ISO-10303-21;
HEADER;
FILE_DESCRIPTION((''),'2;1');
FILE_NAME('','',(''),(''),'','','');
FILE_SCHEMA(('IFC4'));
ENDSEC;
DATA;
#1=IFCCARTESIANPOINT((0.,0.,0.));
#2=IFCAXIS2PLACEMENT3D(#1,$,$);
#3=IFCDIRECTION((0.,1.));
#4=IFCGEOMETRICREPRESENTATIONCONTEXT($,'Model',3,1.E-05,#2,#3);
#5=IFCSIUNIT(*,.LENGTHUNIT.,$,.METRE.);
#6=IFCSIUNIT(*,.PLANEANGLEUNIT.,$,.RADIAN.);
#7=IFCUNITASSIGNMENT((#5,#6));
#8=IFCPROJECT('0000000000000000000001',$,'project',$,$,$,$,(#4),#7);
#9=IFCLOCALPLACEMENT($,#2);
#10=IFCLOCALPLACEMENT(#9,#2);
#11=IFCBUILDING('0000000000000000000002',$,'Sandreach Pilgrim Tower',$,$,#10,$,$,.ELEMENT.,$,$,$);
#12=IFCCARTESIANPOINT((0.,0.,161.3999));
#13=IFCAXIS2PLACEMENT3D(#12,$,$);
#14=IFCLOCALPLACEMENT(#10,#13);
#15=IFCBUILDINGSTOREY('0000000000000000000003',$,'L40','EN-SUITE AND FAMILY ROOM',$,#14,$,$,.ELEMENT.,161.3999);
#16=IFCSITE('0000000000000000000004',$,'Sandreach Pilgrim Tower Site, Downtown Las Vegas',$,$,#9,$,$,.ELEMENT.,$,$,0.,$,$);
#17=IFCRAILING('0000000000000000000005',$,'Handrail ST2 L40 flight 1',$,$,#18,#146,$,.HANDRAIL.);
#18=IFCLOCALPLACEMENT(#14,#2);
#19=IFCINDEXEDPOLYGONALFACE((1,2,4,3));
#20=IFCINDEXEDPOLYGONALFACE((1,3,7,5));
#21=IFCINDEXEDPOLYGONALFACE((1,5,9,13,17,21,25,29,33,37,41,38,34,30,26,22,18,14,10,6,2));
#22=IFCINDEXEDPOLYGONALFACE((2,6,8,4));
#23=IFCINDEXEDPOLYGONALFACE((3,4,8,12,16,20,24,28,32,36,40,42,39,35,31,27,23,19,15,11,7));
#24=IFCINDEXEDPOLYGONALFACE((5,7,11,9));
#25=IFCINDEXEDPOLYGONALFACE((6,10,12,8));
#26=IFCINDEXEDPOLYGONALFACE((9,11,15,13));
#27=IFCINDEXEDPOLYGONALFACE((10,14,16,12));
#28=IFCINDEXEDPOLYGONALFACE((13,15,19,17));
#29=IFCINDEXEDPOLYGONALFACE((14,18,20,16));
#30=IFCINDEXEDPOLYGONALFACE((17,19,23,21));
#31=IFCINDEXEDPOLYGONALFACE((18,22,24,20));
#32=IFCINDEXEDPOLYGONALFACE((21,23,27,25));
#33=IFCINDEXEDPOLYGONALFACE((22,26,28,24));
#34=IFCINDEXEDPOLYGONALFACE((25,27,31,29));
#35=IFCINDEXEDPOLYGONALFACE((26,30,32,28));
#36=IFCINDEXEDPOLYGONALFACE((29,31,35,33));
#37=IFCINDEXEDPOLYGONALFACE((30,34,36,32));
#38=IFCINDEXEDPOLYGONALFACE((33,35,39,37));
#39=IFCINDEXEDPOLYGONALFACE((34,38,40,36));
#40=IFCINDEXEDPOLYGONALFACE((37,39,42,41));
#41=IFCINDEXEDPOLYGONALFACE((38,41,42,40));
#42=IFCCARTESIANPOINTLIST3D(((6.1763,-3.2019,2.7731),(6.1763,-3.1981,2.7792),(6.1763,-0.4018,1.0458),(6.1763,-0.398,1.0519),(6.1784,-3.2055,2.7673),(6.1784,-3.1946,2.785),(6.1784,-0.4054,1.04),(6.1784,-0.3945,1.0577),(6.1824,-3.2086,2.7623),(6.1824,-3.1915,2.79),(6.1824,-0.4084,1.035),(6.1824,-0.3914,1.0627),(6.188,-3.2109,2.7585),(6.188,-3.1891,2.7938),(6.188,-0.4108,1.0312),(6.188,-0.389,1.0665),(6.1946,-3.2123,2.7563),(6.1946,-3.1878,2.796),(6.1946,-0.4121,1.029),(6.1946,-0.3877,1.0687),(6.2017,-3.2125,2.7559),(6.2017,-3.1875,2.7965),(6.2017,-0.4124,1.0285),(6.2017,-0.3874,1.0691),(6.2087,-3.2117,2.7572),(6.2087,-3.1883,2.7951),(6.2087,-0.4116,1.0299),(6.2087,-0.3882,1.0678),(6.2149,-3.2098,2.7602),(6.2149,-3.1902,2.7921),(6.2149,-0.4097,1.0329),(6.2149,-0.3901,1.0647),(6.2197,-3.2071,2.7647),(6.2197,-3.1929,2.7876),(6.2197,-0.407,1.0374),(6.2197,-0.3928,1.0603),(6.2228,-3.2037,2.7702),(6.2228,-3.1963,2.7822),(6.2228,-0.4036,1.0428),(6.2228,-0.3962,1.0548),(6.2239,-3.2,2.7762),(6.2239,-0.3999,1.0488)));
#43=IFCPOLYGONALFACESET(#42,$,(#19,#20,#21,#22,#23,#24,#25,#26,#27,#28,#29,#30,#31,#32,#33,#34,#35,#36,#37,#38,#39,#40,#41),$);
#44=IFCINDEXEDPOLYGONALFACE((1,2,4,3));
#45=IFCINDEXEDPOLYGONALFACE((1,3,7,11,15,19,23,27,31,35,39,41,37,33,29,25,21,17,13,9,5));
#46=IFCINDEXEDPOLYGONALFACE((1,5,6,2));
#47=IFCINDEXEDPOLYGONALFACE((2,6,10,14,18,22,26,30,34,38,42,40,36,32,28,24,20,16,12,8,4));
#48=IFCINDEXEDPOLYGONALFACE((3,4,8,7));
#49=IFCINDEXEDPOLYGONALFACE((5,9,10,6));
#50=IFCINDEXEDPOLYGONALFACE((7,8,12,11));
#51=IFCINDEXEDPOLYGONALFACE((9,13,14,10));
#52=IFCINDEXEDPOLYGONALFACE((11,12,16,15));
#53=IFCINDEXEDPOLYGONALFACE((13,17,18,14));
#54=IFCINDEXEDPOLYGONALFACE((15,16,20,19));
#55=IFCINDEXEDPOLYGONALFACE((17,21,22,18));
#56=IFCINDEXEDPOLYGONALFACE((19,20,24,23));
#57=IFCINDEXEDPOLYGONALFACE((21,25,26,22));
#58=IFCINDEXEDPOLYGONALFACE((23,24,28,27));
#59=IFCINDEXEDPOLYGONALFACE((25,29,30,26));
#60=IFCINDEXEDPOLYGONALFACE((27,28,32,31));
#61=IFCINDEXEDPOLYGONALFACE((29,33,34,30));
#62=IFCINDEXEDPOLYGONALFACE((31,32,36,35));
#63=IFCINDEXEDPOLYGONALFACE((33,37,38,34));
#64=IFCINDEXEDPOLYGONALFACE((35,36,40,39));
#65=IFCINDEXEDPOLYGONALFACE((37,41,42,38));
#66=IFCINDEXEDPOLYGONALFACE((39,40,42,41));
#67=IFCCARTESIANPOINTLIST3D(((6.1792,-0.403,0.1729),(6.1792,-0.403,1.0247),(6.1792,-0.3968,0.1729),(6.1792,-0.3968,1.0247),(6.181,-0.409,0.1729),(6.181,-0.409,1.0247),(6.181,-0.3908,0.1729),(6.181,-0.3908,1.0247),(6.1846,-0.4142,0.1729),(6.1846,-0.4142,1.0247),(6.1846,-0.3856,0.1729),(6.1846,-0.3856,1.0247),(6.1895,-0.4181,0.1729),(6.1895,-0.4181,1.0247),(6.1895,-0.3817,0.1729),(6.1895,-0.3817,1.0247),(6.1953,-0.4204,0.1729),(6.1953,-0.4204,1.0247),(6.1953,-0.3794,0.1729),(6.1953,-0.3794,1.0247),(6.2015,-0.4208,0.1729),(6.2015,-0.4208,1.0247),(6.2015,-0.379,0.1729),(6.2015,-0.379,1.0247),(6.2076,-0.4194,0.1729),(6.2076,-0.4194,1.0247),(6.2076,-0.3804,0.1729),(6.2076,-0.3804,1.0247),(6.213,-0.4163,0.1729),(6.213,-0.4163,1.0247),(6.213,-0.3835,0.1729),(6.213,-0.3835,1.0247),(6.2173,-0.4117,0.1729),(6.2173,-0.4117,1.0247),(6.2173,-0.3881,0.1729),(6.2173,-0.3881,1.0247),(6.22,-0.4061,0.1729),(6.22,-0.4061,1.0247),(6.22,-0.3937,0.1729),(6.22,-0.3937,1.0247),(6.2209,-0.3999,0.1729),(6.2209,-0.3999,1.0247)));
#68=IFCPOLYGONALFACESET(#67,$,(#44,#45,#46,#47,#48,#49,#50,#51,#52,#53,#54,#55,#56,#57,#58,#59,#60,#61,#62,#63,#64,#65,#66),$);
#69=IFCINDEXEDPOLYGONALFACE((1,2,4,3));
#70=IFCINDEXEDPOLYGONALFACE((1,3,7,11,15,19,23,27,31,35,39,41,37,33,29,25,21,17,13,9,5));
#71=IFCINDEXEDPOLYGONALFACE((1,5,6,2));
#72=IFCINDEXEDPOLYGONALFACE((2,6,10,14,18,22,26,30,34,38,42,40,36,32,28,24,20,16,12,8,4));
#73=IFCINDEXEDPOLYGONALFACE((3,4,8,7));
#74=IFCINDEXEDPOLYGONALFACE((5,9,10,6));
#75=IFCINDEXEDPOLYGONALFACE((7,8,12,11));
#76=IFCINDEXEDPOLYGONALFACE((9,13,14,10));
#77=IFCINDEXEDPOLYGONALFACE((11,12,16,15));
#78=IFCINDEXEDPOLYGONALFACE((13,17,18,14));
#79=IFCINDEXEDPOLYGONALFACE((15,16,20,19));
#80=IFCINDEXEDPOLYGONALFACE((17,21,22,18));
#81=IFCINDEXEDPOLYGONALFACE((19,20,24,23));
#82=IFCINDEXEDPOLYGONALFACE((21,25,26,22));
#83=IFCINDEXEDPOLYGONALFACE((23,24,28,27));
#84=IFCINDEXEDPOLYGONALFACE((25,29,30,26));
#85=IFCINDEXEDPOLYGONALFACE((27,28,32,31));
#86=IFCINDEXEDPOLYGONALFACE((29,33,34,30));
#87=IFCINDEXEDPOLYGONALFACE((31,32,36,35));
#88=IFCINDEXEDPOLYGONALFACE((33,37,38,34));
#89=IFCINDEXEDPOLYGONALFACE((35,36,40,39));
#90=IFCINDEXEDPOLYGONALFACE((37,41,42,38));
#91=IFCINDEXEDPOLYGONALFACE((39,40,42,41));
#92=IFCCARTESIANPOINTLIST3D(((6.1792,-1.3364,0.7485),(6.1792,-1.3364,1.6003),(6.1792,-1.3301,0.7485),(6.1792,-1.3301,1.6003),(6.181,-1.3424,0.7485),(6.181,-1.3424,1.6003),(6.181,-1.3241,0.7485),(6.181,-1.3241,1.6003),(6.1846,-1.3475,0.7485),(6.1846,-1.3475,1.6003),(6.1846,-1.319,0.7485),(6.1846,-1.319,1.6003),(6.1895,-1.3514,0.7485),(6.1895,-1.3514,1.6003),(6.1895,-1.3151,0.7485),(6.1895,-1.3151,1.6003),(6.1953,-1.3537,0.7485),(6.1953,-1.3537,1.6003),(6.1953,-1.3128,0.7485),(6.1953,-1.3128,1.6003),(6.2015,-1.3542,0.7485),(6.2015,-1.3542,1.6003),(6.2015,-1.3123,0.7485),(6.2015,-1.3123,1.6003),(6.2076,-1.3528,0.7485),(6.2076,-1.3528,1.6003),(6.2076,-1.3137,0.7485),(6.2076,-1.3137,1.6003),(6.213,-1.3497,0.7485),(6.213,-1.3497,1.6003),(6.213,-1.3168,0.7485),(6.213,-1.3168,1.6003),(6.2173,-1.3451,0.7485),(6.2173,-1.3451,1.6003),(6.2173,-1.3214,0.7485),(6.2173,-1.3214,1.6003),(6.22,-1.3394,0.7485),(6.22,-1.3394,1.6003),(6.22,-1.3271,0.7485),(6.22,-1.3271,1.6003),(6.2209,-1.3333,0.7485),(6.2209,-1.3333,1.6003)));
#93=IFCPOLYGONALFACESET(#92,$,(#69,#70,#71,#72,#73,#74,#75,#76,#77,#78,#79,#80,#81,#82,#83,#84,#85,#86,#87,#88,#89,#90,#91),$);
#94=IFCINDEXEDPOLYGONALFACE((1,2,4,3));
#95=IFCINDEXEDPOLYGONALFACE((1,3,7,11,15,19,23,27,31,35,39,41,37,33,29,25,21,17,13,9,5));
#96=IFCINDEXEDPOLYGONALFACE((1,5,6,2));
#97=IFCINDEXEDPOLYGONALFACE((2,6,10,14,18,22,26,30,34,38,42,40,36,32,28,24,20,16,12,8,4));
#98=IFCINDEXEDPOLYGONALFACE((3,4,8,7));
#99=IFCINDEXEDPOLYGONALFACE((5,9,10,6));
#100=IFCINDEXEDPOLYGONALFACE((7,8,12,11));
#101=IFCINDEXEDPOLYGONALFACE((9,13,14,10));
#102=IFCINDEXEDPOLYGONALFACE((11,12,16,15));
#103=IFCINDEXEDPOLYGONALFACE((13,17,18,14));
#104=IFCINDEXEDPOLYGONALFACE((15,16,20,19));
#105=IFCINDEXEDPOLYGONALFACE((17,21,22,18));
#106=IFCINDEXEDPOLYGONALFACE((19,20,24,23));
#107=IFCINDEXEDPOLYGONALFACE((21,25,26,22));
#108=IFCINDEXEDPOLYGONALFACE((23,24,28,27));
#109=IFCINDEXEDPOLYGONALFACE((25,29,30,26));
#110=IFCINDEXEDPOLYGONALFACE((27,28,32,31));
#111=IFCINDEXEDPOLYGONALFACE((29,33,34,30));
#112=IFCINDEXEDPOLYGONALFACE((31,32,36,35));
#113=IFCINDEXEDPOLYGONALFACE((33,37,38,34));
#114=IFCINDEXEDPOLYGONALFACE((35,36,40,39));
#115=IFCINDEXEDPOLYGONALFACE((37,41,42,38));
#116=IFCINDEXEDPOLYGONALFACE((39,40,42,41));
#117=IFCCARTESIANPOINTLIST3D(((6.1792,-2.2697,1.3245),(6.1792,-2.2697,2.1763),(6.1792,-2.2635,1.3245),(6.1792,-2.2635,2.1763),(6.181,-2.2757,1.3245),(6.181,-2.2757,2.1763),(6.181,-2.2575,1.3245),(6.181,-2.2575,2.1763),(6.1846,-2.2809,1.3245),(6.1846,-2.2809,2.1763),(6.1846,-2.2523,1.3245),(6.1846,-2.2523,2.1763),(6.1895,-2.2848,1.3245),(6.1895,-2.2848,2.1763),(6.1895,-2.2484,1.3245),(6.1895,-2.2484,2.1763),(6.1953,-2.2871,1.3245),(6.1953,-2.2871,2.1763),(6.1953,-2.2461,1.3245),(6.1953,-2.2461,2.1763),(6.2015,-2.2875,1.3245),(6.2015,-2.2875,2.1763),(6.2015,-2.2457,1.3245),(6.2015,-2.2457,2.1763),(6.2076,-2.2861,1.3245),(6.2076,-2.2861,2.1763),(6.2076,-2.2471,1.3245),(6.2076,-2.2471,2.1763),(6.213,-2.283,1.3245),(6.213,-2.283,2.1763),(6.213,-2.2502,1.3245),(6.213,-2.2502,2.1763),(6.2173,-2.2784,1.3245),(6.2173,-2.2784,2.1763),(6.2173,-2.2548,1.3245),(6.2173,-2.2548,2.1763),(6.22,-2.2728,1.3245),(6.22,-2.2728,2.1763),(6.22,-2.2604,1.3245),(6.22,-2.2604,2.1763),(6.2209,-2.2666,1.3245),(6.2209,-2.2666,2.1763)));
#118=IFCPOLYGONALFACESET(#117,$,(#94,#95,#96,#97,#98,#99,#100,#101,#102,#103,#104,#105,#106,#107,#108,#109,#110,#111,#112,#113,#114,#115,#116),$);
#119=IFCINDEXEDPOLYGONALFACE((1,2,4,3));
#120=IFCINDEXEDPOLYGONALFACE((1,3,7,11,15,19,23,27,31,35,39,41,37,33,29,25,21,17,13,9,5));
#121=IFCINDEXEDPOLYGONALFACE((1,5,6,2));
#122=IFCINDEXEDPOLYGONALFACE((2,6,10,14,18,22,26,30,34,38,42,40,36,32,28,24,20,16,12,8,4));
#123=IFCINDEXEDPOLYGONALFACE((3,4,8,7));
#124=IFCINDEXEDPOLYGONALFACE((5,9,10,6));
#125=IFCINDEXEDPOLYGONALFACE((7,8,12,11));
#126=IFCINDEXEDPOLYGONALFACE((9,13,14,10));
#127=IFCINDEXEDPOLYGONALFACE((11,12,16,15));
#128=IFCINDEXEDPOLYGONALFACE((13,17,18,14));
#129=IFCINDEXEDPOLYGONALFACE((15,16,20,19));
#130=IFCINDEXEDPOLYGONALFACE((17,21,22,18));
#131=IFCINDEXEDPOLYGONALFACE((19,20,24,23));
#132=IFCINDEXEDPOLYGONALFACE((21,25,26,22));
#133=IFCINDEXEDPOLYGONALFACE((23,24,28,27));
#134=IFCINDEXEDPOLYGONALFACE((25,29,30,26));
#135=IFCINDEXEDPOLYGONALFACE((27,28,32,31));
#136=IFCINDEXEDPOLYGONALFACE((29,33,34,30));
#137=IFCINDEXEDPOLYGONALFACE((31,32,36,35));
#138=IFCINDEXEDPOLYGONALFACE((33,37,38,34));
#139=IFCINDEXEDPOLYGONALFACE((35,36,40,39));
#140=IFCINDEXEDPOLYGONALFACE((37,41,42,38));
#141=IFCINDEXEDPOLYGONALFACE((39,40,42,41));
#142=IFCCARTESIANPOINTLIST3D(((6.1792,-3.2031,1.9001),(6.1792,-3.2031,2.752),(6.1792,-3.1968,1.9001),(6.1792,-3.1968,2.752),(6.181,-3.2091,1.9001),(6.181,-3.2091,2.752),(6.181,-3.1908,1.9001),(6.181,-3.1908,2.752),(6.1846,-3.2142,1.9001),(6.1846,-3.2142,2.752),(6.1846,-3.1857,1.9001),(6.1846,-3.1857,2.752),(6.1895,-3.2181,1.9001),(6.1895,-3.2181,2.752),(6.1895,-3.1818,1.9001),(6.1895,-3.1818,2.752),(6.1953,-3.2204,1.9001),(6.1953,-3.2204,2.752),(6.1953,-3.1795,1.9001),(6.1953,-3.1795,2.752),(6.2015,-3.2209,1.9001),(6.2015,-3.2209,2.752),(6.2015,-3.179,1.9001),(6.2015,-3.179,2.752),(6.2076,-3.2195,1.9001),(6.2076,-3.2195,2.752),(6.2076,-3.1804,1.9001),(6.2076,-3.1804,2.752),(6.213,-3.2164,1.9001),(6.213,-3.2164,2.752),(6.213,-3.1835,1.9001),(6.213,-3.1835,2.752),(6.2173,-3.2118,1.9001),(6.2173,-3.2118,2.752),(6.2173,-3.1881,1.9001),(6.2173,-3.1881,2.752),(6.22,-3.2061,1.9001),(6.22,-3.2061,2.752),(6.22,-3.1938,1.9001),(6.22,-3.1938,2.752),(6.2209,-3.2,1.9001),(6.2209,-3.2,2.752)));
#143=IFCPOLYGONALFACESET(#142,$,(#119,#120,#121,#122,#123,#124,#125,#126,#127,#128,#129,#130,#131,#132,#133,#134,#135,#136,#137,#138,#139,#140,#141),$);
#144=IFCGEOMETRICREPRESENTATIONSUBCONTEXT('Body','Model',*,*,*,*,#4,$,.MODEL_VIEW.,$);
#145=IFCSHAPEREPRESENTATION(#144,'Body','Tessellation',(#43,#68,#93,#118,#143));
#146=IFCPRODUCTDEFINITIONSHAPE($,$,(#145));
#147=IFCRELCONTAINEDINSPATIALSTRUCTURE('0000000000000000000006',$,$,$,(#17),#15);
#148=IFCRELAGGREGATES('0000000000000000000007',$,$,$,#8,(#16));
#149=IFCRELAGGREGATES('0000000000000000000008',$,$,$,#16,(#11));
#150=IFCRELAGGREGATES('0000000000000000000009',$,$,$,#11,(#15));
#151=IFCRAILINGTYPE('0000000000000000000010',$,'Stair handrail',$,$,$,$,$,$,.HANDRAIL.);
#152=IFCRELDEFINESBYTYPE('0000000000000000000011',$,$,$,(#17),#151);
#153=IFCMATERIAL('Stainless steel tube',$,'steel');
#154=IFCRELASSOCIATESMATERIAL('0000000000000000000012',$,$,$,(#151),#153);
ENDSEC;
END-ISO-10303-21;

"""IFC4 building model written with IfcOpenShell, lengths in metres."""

from ifc_helpers import new_model, si_unit, direction, frame, origin, origin_2d, place, context, subcontext, project, spatial, circle, extrude, material, type_object, element, save


model = new_model("IFC4")

# Units and contexts
model_context = context("Model", 3, precision=1e-05, world=origin(), true_north=direction((0.0, 1.0)))
body_context = subcontext(model_context, "Body", "Model", "MODEL_VIEW")
ifc_project = project(units=[si_unit("LENGTHUNIT", "METRE"), si_unit("PLANEANGLEUNIT", "RADIAN")], contexts=[model_context])

# Site, building, storey
site_placement = place(None, origin())
site = spatial("IfcSite", under=ifc_project, at=site_placement, Name="Sandreach Pilgrim Tower Site, Downtown Las Vegas", CompositionType="ELEMENT", RefElevation=0.0)
building_placement = place(site_placement, origin())
building = spatial("IfcBuilding", under=site, at=building_placement, Name="Sandreach Pilgrim Tower", CompositionType="ELEMENT")
storey_placement = place(building_placement, frame((0.0, 0.0, 161.3999)))
storey = spatial("IfcBuildingStorey", under=building, at=storey_placement, Name="L40", Description="EN-SUITE AND FAMILY ROOM", CompositionType="ELEMENT", Elevation=161.3999)

# Railing
ifc_material_1 = material(Name="Stainless steel tube", Category="steel")
railing_type = type_object("IfcRailingType", Name="Stair handrail", PredefinedType="HANDRAIL", material=ifc_material_1)
for number, where, name in (
    (1, (6.2, -0.3999, 0.1729), "Handrail ST2 L40 flight 1"),
):
    element("IfcRailing", number, at=place(storey_placement, frame(where)), inside=storey, type_object=railing_type, Name=name, PredefinedType="HANDRAIL", context=body_context, shape_type="SweptSolid", body=[
        extrude(circle(Radius=0.0239, at=origin_2d()), frame((0.0, 0.0, 0.876), z_axis=(0.0, -0.85109, 0.52502), x_axis=(1.0, 0.0, 0.0)), (0.0, 0.0, 1.0), 3.29),
        extrude(circle(Radius=0.021, at=origin_2d()), origin(), (0.0, 0.0, 1.0), 0.8518),
        extrude(circle(Radius=0.021, at=origin_2d()), frame((0.0, -0.9333, 0.5757)), (0.0, 0.0, 1.0), 0.8518),
        extrude(circle(Radius=0.021, at=origin_2d()), frame((0.0, -1.8667, 1.1516)), (0.0, 0.0, 1.0), 0.8518),
        extrude(circle(Radius=0.021, at=origin_2d()), frame((0.0, -2.8, 1.7273)), (0.0, 0.0, 1.0), 0.8518),
    ])

save(model, "model.ifc")
